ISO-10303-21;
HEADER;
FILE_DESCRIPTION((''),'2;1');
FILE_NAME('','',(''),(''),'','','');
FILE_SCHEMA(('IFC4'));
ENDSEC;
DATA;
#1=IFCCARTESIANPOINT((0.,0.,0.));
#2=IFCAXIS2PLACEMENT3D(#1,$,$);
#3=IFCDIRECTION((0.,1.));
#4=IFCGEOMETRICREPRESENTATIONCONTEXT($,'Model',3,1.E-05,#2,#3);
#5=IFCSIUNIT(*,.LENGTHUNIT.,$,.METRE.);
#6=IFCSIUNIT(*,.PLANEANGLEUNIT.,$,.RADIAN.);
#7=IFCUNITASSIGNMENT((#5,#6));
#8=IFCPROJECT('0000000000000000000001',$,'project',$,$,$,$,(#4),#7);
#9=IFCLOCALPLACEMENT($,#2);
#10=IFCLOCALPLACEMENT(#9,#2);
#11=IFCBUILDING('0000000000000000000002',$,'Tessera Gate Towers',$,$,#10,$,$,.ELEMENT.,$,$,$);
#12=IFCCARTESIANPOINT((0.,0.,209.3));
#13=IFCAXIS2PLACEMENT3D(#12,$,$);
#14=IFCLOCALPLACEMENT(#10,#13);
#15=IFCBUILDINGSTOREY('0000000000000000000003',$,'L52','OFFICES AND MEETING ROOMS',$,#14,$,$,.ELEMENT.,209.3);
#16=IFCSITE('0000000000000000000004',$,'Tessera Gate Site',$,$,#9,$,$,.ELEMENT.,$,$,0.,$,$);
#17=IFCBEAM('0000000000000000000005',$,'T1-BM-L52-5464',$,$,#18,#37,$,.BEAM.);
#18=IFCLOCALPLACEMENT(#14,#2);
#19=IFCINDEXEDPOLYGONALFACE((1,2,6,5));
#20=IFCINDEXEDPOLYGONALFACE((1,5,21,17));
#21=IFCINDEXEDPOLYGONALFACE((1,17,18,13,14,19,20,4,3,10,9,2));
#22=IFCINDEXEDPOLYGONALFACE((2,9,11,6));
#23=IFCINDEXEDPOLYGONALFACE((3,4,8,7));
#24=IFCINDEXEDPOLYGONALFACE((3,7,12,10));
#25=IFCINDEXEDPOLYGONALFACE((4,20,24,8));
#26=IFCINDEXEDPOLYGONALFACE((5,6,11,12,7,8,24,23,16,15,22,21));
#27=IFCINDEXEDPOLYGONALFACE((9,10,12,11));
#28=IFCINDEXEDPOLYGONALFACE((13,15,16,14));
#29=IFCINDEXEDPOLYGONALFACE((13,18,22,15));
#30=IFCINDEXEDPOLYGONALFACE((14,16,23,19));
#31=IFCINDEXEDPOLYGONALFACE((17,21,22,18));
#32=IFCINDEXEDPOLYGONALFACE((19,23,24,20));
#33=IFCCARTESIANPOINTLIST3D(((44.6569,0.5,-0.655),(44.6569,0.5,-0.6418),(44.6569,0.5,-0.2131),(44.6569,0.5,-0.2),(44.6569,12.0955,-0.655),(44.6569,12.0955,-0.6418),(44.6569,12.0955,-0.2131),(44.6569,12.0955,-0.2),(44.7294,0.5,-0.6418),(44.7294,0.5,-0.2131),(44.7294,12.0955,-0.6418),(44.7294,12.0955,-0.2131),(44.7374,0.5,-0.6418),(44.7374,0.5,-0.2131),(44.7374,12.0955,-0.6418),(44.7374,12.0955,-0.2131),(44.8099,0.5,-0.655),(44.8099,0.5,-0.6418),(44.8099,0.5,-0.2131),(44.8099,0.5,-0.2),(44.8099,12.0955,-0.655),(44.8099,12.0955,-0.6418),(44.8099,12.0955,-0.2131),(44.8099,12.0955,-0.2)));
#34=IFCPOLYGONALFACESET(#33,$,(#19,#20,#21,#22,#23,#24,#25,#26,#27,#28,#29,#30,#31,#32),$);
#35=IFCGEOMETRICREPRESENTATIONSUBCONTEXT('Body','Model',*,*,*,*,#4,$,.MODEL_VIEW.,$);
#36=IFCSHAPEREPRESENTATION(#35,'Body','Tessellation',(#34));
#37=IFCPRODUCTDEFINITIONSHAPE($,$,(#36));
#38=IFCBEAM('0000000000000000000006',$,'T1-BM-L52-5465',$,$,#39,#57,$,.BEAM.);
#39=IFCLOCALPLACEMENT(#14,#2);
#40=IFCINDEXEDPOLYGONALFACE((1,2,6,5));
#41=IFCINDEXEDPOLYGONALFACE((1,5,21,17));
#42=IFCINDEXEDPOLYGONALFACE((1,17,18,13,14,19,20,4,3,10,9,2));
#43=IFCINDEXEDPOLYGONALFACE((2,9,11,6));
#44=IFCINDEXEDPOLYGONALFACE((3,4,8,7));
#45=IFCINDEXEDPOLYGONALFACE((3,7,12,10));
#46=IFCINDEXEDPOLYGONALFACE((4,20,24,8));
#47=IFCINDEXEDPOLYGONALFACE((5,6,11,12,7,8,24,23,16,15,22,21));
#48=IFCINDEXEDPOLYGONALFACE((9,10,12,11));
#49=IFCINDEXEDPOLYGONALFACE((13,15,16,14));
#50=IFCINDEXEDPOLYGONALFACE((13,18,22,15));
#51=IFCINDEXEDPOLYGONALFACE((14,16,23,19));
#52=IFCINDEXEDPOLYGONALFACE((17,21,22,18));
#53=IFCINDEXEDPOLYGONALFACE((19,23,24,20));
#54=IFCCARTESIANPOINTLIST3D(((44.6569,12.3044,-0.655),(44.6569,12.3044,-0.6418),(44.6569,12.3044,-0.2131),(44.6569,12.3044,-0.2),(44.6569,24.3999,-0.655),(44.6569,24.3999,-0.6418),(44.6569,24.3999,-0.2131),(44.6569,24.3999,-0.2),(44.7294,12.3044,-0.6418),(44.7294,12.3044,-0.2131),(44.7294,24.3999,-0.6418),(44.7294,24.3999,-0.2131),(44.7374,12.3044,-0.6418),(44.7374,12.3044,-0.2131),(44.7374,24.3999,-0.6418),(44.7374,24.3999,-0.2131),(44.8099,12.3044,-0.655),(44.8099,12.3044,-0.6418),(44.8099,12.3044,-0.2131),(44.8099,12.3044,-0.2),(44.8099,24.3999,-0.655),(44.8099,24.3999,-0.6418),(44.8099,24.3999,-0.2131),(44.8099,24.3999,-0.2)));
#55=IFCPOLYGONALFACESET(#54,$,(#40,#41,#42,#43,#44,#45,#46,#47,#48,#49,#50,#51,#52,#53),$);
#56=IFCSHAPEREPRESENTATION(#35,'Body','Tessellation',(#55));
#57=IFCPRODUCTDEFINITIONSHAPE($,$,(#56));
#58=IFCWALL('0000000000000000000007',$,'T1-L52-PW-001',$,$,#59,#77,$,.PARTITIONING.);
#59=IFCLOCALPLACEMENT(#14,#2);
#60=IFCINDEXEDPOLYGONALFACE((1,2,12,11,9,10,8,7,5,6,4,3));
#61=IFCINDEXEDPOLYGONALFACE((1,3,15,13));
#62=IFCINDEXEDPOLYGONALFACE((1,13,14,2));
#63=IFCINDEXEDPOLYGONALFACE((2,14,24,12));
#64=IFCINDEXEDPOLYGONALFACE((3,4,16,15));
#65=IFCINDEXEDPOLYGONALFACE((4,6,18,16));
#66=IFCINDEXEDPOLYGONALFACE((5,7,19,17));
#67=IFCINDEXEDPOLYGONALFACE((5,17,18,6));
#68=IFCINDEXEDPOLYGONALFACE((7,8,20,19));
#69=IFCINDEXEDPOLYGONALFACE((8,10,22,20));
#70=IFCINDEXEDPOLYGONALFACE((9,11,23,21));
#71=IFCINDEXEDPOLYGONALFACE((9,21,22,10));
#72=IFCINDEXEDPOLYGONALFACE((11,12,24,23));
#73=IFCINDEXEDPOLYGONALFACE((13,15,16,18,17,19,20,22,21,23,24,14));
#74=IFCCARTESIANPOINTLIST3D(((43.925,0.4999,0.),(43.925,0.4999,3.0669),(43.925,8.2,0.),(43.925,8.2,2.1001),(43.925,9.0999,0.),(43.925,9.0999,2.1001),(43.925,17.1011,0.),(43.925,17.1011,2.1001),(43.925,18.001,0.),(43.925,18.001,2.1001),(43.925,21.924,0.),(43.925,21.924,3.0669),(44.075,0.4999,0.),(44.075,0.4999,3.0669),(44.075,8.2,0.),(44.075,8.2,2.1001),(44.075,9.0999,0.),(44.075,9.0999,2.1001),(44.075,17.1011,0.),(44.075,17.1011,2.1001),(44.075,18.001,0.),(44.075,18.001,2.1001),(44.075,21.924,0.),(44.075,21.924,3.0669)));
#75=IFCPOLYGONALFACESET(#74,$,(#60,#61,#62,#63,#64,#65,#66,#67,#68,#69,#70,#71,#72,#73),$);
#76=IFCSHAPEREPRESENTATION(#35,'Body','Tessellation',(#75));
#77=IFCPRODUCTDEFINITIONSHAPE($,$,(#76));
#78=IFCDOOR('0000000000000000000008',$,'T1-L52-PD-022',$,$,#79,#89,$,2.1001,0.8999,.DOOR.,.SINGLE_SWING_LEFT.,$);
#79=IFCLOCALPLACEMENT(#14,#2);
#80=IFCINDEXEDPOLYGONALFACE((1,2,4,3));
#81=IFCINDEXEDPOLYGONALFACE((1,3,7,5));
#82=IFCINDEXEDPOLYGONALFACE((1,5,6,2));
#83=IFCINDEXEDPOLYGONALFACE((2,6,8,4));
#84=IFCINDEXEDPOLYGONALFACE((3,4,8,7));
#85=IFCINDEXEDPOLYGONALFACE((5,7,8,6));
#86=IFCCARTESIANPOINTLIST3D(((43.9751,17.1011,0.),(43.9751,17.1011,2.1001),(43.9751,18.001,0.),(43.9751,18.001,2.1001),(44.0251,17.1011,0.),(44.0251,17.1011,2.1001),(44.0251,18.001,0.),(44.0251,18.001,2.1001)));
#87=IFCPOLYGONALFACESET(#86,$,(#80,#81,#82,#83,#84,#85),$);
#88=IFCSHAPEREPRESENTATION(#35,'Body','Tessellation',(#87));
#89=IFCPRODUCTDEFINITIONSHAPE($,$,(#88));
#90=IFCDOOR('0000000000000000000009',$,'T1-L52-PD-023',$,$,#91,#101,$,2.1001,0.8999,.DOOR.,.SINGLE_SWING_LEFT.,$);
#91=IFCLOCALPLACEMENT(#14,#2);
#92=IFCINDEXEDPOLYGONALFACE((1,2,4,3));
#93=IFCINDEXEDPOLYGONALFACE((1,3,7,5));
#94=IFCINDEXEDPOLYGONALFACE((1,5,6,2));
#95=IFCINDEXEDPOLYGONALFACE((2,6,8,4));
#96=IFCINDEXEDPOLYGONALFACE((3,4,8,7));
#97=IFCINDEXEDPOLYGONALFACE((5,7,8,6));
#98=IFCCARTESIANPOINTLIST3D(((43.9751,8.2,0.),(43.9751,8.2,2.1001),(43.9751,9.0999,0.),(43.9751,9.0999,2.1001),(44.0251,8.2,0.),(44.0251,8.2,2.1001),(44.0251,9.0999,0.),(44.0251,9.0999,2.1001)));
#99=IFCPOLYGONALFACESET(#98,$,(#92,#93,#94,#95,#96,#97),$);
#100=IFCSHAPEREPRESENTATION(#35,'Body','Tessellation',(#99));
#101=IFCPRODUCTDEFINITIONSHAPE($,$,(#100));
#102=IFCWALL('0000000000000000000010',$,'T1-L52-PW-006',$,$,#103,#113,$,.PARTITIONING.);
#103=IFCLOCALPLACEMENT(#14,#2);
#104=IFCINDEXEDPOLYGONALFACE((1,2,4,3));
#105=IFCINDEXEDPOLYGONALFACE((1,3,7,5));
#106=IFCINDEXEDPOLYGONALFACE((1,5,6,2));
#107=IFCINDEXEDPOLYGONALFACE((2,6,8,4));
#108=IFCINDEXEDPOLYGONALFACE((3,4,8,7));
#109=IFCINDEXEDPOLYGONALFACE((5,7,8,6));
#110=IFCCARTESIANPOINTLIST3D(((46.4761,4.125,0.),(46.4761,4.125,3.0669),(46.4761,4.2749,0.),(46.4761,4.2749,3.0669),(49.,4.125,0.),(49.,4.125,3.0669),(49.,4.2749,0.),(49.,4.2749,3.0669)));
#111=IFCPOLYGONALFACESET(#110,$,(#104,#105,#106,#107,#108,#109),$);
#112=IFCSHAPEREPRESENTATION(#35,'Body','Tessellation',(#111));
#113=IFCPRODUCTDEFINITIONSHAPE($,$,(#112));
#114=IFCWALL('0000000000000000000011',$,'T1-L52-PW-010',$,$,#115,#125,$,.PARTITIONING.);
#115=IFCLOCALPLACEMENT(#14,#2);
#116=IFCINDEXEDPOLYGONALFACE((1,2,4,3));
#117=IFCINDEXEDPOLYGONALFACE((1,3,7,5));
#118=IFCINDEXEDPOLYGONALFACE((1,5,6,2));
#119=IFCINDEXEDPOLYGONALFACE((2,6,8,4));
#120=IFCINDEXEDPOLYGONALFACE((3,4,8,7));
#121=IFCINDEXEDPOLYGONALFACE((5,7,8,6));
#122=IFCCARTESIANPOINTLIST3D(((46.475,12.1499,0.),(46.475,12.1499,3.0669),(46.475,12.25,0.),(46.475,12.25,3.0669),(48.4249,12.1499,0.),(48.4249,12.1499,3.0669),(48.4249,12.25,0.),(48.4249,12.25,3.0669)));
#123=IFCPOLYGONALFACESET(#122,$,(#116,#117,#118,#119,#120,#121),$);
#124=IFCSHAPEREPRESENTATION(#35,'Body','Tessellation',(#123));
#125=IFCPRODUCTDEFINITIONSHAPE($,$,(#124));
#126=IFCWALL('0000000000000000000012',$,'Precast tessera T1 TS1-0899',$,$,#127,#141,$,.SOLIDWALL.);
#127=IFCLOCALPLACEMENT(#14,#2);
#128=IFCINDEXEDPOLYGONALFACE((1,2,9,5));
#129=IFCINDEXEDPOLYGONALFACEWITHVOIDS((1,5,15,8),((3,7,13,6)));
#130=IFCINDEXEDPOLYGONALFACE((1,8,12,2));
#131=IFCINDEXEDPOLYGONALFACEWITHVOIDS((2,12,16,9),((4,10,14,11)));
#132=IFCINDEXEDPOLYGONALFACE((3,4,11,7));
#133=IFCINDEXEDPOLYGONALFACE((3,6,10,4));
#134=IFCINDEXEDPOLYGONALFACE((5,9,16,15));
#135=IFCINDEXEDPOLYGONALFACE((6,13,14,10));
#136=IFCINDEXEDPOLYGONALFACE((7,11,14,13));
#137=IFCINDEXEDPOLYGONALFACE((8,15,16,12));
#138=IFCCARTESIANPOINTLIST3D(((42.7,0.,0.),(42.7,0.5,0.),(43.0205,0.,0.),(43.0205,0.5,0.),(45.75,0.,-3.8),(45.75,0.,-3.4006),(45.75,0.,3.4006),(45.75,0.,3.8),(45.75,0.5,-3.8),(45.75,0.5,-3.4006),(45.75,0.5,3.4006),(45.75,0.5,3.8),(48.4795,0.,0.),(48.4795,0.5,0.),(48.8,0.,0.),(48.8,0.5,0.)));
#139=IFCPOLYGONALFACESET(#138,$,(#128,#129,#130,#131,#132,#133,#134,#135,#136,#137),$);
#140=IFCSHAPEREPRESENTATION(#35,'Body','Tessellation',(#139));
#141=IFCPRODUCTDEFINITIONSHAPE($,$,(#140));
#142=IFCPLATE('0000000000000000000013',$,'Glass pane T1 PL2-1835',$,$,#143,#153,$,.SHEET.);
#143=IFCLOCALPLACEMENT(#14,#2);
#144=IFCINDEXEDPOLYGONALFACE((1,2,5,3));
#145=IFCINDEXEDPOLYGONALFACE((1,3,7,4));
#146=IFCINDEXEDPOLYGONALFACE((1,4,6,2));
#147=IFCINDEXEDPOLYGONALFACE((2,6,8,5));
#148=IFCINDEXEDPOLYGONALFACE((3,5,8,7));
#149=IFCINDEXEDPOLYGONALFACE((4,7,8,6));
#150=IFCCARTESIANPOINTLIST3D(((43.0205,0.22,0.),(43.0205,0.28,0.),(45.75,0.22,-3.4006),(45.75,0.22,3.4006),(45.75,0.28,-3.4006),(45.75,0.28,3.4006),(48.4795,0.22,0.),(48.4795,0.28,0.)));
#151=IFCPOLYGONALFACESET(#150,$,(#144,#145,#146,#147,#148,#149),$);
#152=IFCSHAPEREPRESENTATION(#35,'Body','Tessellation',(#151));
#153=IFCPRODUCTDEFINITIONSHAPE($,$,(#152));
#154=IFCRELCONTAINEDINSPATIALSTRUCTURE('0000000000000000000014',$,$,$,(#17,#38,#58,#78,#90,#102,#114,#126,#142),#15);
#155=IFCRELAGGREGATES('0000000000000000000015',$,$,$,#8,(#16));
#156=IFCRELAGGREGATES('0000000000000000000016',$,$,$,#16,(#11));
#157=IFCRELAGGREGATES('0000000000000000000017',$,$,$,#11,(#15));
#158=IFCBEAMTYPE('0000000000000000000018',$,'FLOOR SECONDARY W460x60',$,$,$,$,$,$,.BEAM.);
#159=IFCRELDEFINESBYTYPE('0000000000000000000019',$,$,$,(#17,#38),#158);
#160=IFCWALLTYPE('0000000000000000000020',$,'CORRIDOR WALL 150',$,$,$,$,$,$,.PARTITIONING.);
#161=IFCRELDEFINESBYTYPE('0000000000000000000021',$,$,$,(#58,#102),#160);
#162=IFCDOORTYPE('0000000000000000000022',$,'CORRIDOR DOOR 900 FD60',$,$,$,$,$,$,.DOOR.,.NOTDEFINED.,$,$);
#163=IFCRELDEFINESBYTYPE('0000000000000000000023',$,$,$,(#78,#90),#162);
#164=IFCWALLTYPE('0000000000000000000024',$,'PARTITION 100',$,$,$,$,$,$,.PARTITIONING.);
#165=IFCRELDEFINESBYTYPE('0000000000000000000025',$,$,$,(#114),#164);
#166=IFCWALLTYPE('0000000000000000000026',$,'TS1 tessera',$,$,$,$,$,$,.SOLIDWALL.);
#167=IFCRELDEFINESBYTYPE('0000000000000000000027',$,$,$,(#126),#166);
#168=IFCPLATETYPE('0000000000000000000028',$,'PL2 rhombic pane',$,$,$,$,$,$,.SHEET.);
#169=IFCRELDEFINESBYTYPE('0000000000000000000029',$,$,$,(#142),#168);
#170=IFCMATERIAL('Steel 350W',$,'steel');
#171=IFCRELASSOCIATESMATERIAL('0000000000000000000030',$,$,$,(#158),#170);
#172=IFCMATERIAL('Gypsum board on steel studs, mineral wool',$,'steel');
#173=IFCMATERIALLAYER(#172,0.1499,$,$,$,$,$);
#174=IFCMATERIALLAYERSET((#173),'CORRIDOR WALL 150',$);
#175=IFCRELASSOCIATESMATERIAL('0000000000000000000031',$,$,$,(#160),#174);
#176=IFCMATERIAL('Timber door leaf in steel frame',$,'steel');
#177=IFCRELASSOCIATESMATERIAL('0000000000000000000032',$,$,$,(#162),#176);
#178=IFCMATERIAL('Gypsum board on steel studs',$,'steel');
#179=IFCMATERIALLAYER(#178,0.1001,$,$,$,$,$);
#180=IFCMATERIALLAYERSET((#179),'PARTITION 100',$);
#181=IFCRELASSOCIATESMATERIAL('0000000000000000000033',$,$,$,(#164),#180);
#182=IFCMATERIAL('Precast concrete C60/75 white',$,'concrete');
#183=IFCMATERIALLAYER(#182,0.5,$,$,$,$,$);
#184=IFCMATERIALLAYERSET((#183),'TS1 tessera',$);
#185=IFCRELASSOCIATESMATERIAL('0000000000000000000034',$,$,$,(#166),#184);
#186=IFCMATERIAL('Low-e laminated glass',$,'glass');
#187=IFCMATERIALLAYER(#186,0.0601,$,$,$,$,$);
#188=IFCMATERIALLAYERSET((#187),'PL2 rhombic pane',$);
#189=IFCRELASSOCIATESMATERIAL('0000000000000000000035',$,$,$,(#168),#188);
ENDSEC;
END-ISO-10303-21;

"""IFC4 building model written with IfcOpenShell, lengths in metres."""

from ifc_helpers import new_model, si_unit, direction, frame, frame_2d, origin, origin_2d, place, context, subcontext, project, spatial, polyline, rectangle, i_section, outline, extrude, source, transform, mapped, material, layer, layer_set, material_profile, profile_set, type_object, element, fill, save


model = new_model("IFC4")

# Units and contexts
model_context = context("Model", 3, precision=1e-05, world=origin(), true_north=direction((0.0, 1.0)))
body_context = subcontext(model_context, "Body", "Model", "MODEL_VIEW")
ifc_project = project(units=[si_unit("LENGTHUNIT", "METRE"), si_unit("PLANEANGLEUNIT", "RADIAN")], contexts=[model_context])

# Site, building, storey
site_placement = place(None, origin())
site = spatial("IfcSite", under=ifc_project, at=site_placement, Name="Tessera Gate Site", CompositionType="ELEMENT", RefElevation=0.0)
building_placement = place(site_placement, origin())
building = spatial("IfcBuilding", under=site, at=building_placement, Name="Tessera Gate Towers", CompositionType="ELEMENT")
storey_placement = place(building_placement, frame((0.0, 0.0, 209.3)))
storey = spatial("IfcBuildingStorey", under=building, at=storey_placement, Name="L52", Description="OFFICES AND MEETING ROOMS", CompositionType="ELEMENT", Elevation=209.3)

# Beams
ifc_material_1 = material(Name="Steel 350W", Category="steel")
ifc_material_profile_1 = material_profile(ifc_material_1, i_section(OverallWidth=0.1531, OverallDepth=0.4551, WebThickness=0.0081, FlangeThickness=0.0132, at=origin_2d()), Name="W460x60")
ifc_profile_set_1 = profile_set([ifc_material_profile_1], Name="Steel 350W")
beam_type_1 = type_object("IfcBeamType", Name="FLOOR SECONDARY W460x60", PredefinedType="BEAM", material=ifc_profile_set_1)
beam_1_placement = place(storey_placement, frame((44.7334, 0.5, -0.4275), z_axis=(0.0, 1.0, 0.0), x_axis=(-1.0, 0.0, 0.0)))
element("IfcBeam", 1, at=beam_1_placement, inside=storey, type_object=beam_type_1, Name="T1-BM-L52-5464", PredefinedType="BEAM", context=body_context, shape_type="SweptSolid", body=[
    extrude(i_section(OverallWidth=0.1531, OverallDepth=0.4551, WebThickness=0.0081, FlangeThickness=0.0132, at=origin_2d()), origin(), (0.0, 0.0, 1.0), 11.5955),
])
beam_2_placement = place(storey_placement, frame((44.7334, 12.3044, -0.4275), z_axis=(0.0, 1.0, 0.0), x_axis=(-1.0, 0.0, 0.0)))
element("IfcBeam", 2, at=beam_2_placement, inside=storey, type_object=beam_type_1, Name="T1-BM-L52-5465", PredefinedType="BEAM", context=body_context, shape_type="SweptSolid", body=[
    extrude(i_section(OverallWidth=0.1531, OverallDepth=0.4551, WebThickness=0.0081, FlangeThickness=0.0132, at=origin_2d()), origin(), (0.0, 0.0, 1.0), 12.0955),
])

# Wall, openings, doors
ifc_material_2 = material(Name="Gypsum board on steel studs, mineral wool", Category="steel")
ifc_layer_1 = layer(ifc_material_2, 0.1499)
ifc_layer_set_1 = layer_set([ifc_layer_1], Name="CORRIDOR WALL 150")
wall_type_1 = type_object("IfcWallType", Name="CORRIDOR WALL 150", PredefinedType="PARTITIONING", material=ifc_layer_set_1)
wall_1_placement = place(storey_placement, frame((44.0, 0.5, 0.0), z_axis=(0.0, 0.0, 1.0), x_axis=(0.0, 1.0, 0.0)))
wall_1 = element("IfcWall", 3, at=wall_1_placement, inside=storey, type_object=wall_type_1, Name="T1-L52-PW-001", PredefinedType="PARTITIONING", context=body_context, shape_type="SweptSolid", body=[
    extrude(rectangle(XDim=21.4241, YDim=0.1499, at=frame_2d((10.7119, 0.0))), origin(), (0.0, 0.0, 1.0), 3.0669),
])
shared_shape_1 = source(origin(), body_context, "Body", "SweptSolid", [
    extrude(rectangle(XDim=0.8999, YDim=2.1001, at=frame_2d((0.45, 1.05))), frame((0.0, 0.085, 0.0), z_axis=(0.0, -1.0, 0.0), x_axis=(1.0, 0.0, 0.0)), (0.0, 0.0, 1.0), 0.1699),
])
opening_1_placement = place(wall_1_placement, frame((16.6011, 0.0, 0.0)))
opening_1 = element("IfcOpeningElement", 4, at=opening_1_placement, cuts=wall_1, PredefinedType="OPENING", context=body_context, shape_type="MappedRepresentation", body=[
    mapped(shared_shape_1, transform((0.0, 0.0, 0.0), scale=1.0)),
])
opening_2_placement = place(wall_1_placement, frame((7.7, 0.0, 0.0)))
opening_2 = element("IfcOpeningElement", 5, at=opening_2_placement, cuts=wall_1, PredefinedType="OPENING", context=body_context, shape_type="MappedRepresentation", body=[
    mapped(shared_shape_1, transform((0.0, 0.0, 0.0), scale=1.0)),
])
ifc_material_3 = material(Name="Timber door leaf in steel frame", Category="steel")
door_type = type_object("IfcDoorType", Name="CORRIDOR DOOR 900 FD60", OperationType="NOTDEFINED", PredefinedType="DOOR", material=ifc_material_3)
shared_shape_2 = source(origin(), body_context, "Body", "SweptSolid", [
    extrude(rectangle(XDim=0.8999, YDim=2.1001, at=frame_2d((0.45, 1.05))), frame((0.0, 0.0249, 0.0), z_axis=(0.0, -1.0, 0.0), x_axis=(1.0, 0.0, 0.0)), (0.0, 0.0, 1.0), 0.05),
])
door_1_placement = place(opening_1_placement, origin())
door_1 = element("IfcDoor", 6, at=door_1_placement, inside=storey, type_object=door_type, Name="T1-L52-PD-022", OperationType="SINGLE_SWING_LEFT", OverallHeight=2.1001, OverallWidth=0.8999, PredefinedType="DOOR", context=body_context, shape_type="MappedRepresentation", body=[
    mapped(shared_shape_2, transform((0.0, 0.0, 0.0), scale=1.0)),
])
fill(opening_1, door_1)
door_2_placement = place(opening_2_placement, origin())
door_2 = element("IfcDoor", 7, at=door_2_placement, inside=storey, type_object=door_type, Name="T1-L52-PD-023", OperationType="SINGLE_SWING_LEFT", OverallHeight=2.1001, OverallWidth=0.8999, PredefinedType="DOOR", context=body_context, shape_type="MappedRepresentation", body=[
    mapped(shared_shape_2, transform((0.0, 0.0, 0.0), scale=1.0)),
])
fill(opening_2, door_2)

# Walls
wall_2_placement = place(storey_placement, frame((46.4761, 4.2, 0.0), z_axis=(0.0, 0.0, 1.0), x_axis=(1.0, 0.0, 0.0)))
element("IfcWall", 8, at=wall_2_placement, inside=storey, type_object=wall_type_1, Name="T1-L52-PW-006", PredefinedType="PARTITIONING", context=body_context, shape_type="SweptSolid", body=[
    extrude(rectangle(XDim=2.5239, YDim=0.1499, at=frame_2d((1.262, 0.0))), origin(), (0.0, 0.0, 1.0), 3.0669),
])
ifc_material_4 = material(Name="Gypsum board on steel studs", Category="steel")
ifc_layer_2 = layer(ifc_material_4, 0.1001)
ifc_layer_set_2 = layer_set([ifc_layer_2], Name="PARTITION 100")
wall_type_2 = type_object("IfcWallType", Name="PARTITION 100", PredefinedType="PARTITIONING", material=ifc_layer_set_2)
wall_3_placement = place(storey_placement, frame((48.425, 12.2, 0.0), z_axis=(0.0, 0.0, 1.0), x_axis=(-1.0, 0.0, 0.0)))
element("IfcWall", 9, at=wall_3_placement, inside=storey, type_object=wall_type_2, Name="T1-L52-PW-010", PredefinedType="PARTITIONING", context=body_context, shape_type="SweptSolid", body=[
    extrude(rectangle(XDim=1.95, YDim=0.1001, at=frame_2d((0.9751, 0.0))), origin(), (0.0, 0.0, 1.0), 3.0669),
])

# Wall, opening, plate
ifc_material_5 = material(Name="Precast concrete C60/75 white", Category="concrete")
ifc_layer_3 = layer(ifc_material_5, 0.5)
ifc_layer_set_3 = layer_set([ifc_layer_3], Name="TS1 tessera")
wall_type_3 = type_object("IfcWallType", Name="TS1 tessera", PredefinedType="SOLIDWALL", material=ifc_layer_set_3)
shared_shape_3 = source(origin(), body_context, "Body", "SweptSolid", [
    extrude(outline(polyline([(3.05, 0.0), (6.1001, 3.8), (3.05, 7.6001), (0.0, 3.8), (3.05, 0.0)])), frame((0.0, 0.25, 0.0), z_axis=(0.0, -1.0, 0.0), x_axis=(1.0, 0.0, 0.0)), (0.0, 0.0, 1.0), 0.5),
])
wall_4_placement = place(storey_placement, frame((42.7, 0.25, -3.8), z_axis=(0.0, 0.0, 1.0), x_axis=(1.0, 0.0, 0.0)))
wall_4 = element("IfcWall", 10, at=wall_4_placement, inside=storey, type_object=wall_type_3, Name="Precast tessera T1 TS1-0899", PredefinedType="SOLIDWALL", context=body_context, shape_type="MappedRepresentation", body=[
    mapped(shared_shape_3, transform((0.0, 0.0, 0.0), scale=1.0)),
])
shared_shape_4 = source(origin(), body_context, "Body", "SweptSolid", [
    extrude(outline(polyline([(3.05, 0.3994), (5.7795, 3.8), (3.05, 7.2007), (0.3206, 3.8), (3.05, 0.3994)])), frame((0.0, 0.26, 0.0), z_axis=(0.0, -1.0, 0.0), x_axis=(1.0, 0.0, 0.0)), (0.0, 0.0, 1.0), 0.52),
])
opening_3_placement = place(wall_4_placement, origin())
opening_3 = element("IfcOpeningElement", 11, at=opening_3_placement, cuts=wall_4, PredefinedType="OPENING", context=body_context, shape_type="MappedRepresentation", body=[
    mapped(shared_shape_4, transform((0.0, 0.0, 0.0), scale=1.0)),
])
ifc_material_6 = material(Name="Low-e laminated glass", Category="glass")
ifc_layer_4 = layer(ifc_material_6, 0.0601)
ifc_layer_set_4 = layer_set([ifc_layer_4], Name="PL2 rhombic pane")
plate_type = type_object("IfcPlateType", Name="PL2 rhombic pane", PredefinedType="SHEET", material=ifc_layer_set_4)
shared_shape_5 = source(origin(), body_context, "Body", "SweptSolid", [
    extrude(outline(polyline([(3.05, 0.3994), (5.7795, 3.8), (3.05, 7.2007), (0.3206, 3.8), (3.05, 0.3994)])), frame((0.0, 0.03, 0.0), z_axis=(0.0, -1.0, 0.0), x_axis=(1.0, 0.0, 0.0)), (0.0, 0.0, 1.0), 0.0601),
])
plate_placement = place(opening_3_placement, origin())
plate = element("IfcPlate", 12, at=plate_placement, inside=storey, type_object=plate_type, Name="Glass pane T1 PL2-1835", PredefinedType="SHEET", context=body_context, shape_type="MappedRepresentation", body=[
    mapped(shared_shape_5, transform((0.0, 0.0, 0.0), scale=1.0)),
])
fill(opening_3, plate)

save(model, "model.ifc")
